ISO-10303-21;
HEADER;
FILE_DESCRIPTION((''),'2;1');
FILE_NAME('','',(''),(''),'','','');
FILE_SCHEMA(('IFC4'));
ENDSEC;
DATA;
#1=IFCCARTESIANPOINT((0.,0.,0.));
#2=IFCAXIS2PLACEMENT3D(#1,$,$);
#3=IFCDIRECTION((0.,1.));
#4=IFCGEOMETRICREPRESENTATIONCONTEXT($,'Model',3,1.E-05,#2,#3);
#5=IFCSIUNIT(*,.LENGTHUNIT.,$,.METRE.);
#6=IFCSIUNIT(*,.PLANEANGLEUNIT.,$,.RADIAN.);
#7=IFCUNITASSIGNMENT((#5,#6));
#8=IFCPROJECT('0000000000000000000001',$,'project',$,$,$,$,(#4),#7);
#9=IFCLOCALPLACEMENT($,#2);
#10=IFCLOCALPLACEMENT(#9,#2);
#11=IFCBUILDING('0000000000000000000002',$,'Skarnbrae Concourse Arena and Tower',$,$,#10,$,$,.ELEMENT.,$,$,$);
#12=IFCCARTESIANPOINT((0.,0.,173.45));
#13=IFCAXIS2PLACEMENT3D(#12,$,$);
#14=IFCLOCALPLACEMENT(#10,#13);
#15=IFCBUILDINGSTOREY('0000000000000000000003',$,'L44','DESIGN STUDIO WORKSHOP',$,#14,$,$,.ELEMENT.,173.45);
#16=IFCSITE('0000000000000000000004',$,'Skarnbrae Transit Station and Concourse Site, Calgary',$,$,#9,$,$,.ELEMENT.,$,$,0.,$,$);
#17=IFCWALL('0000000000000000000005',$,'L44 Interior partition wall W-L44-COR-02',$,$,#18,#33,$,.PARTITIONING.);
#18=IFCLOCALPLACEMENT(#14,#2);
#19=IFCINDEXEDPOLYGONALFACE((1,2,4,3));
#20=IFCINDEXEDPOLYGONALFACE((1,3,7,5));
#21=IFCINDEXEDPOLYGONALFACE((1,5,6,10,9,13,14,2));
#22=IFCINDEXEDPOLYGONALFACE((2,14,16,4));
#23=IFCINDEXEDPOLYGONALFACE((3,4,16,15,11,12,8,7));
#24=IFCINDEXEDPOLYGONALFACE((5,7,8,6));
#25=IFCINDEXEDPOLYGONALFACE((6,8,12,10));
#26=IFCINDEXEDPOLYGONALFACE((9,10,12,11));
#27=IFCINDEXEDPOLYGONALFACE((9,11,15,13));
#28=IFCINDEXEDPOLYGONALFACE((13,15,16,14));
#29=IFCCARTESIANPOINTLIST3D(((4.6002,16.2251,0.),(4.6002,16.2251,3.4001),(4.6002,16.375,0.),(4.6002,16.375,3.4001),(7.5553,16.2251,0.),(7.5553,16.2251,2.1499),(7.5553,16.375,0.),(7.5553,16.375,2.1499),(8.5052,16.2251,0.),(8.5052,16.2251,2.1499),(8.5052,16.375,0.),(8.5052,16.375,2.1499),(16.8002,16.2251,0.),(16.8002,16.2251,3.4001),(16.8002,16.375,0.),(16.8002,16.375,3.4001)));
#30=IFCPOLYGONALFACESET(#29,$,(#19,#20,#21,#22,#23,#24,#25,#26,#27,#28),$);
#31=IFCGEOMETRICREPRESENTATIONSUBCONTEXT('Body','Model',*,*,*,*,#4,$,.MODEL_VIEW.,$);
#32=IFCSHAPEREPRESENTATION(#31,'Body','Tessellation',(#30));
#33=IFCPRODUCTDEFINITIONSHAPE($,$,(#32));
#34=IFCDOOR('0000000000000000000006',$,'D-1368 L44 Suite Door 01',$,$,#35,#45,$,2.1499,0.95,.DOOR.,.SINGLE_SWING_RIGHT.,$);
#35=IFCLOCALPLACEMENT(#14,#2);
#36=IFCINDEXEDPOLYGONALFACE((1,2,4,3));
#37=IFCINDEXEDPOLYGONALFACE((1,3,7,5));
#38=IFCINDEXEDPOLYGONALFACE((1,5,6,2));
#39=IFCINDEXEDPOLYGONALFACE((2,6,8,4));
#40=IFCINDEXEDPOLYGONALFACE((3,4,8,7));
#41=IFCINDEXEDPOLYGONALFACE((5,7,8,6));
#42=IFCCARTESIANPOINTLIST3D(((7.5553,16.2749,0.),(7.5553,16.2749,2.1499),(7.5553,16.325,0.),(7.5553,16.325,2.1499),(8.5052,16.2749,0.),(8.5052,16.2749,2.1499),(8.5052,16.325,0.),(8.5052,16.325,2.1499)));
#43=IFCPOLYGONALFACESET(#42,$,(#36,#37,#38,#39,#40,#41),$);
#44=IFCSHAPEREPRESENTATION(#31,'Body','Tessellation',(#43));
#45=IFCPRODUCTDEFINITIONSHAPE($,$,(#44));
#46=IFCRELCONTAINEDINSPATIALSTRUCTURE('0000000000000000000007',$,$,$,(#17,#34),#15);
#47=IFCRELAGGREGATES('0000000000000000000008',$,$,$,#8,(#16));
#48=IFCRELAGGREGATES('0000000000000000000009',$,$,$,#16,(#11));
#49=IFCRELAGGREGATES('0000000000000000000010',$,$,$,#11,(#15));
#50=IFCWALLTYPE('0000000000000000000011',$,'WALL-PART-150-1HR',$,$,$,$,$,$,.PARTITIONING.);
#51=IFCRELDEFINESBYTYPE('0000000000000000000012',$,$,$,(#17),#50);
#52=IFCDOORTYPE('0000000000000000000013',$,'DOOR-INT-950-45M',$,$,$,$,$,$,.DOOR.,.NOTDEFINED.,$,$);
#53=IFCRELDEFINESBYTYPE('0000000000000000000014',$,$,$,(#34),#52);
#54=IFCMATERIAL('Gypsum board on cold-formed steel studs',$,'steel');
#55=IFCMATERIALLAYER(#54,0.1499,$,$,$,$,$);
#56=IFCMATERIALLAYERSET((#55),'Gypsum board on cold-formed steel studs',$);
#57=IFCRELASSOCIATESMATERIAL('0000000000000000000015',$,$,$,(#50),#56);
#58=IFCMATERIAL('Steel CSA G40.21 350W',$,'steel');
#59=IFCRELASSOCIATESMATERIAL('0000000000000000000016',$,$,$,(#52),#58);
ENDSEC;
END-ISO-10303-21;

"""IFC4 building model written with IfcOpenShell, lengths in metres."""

from ifc_helpers import new_model, si_unit, direction, frame, frame_2d, origin, place, context, subcontext, project, spatial, rectangle, extrude, source, transform, mapped, material, layer, layer_set, type_object, element, fill, save


model = new_model("IFC4")

# Units and contexts
model_context = context("Model", 3, precision=1e-05, world=origin(), true_north=direction((0.0, 1.0)))
body_context = subcontext(model_context, "Body", "Model", "MODEL_VIEW")
ifc_project = project(units=[si_unit("LENGTHUNIT", "METRE"), si_unit("PLANEANGLEUNIT", "RADIAN")], contexts=[model_context])

# Site, building, storey
site_placement = place(None, origin())
site = spatial("IfcSite", under=ifc_project, at=site_placement, Name="Skarnbrae Transit Station and Concourse Site, Calgary", CompositionType="ELEMENT", RefElevation=0.0)
building_placement = place(site_placement, origin())
building = spatial("IfcBuilding", under=site, at=building_placement, Name="Skarnbrae Concourse Arena and Tower", CompositionType="ELEMENT")
storey_placement = place(building_placement, frame((0.0, 0.0, 173.45)))
storey = spatial("IfcBuildingStorey", under=building, at=storey_placement, Name="L44", Description="DESIGN STUDIO WORKSHOP", CompositionType="ELEMENT", Elevation=173.45)

# Shared definitions
ifc_material_1 = material(Name="Steel CSA G40.21 350W", Category="steel")

# Shared definitions
ifc_material_2 = material(Name="Gypsum board on cold-formed steel studs", Category="steel")
ifc_layer_1 = layer(ifc_material_2, 0.1499)
ifc_layer_set_1 = layer_set([ifc_layer_1], Name="Gypsum board on cold-formed steel studs")
wall_type_1 = type_object("IfcWallType", Name="WALL-PART-150-1HR", PredefinedType="PARTITIONING", material=ifc_layer_set_1)

# Wall, opening, door
shared_shape_1 = source(origin(), body_context, "Body", "SweptSolid", [
    extrude(rectangle(XDim=12.2, YDim=0.1499, at=frame_2d((6.1001, 0.0))), origin(), (0.0, 0.0, 1.0), 3.4001),
])
wall_1_placement = place(storey_placement, frame((4.6001, 16.3, 0.0), z_axis=(0.0, 0.0, 1.0), x_axis=(1.0, 0.0, 0.0)))
wall_1 = element("IfcWall", 1, at=wall_1_placement, inside=storey, type_object=wall_type_1, Name="L44 Interior partition wall W-L44-COR-02", PredefinedType="PARTITIONING", context=body_context, shape_type="MappedRepresentation", body=[
    mapped(shared_shape_1, transform((0.0, 0.0, 0.0))),
])
opening_1_placement = place(wall_1_placement, frame((2.9551, 0.0, 0.0)))
opening_1 = element("IfcOpeningElement", 2, at=opening_1_placement, cuts=wall_1, PredefinedType="OPENING", context=body_context, shape_type="SweptSolid", body=[
    extrude(rectangle(XDim=0.95, YDim=2.1499, at=frame_2d((0.4751, 1.075))), frame((0.0, 0.085, 0.0), z_axis=(0.0, -1.0, 0.0), x_axis=(1.0, 0.0, 0.0)), (0.0, 0.0, 1.0), 0.1699),
])
door_type_1 = type_object("IfcDoorType", Name="DOOR-INT-950-45M", OperationType="NOTDEFINED", PredefinedType="DOOR", material=ifc_material_1)
shared_shape_2 = source(origin(), body_context, "Body", "SweptSolid", [
    extrude(rectangle(XDim=0.95, YDim=2.1499, at=frame_2d((0.4751, 1.075))), frame((0.0, 0.0249, 0.0), z_axis=(0.0, -1.0, 0.0), x_axis=(1.0, 0.0, 0.0)), (0.0, 0.0, 1.0), 0.05),
])
door_1_placement = place(opening_1_placement, origin())
door_1 = element("IfcDoor", 3, at=door_1_placement, inside=storey, type_object=door_type_1, Name="D-1368 L44 Suite Door 01", OperationType="SINGLE_SWING_RIGHT", OverallHeight=2.1499, OverallWidth=0.95, PredefinedType="DOOR", context=body_context, shape_type="MappedRepresentation", body=[
    mapped(shared_shape_2, transform((0.0, 0.0, 0.0))),
])
fill(opening_1, door_1)

save(model, "model.ifc")
